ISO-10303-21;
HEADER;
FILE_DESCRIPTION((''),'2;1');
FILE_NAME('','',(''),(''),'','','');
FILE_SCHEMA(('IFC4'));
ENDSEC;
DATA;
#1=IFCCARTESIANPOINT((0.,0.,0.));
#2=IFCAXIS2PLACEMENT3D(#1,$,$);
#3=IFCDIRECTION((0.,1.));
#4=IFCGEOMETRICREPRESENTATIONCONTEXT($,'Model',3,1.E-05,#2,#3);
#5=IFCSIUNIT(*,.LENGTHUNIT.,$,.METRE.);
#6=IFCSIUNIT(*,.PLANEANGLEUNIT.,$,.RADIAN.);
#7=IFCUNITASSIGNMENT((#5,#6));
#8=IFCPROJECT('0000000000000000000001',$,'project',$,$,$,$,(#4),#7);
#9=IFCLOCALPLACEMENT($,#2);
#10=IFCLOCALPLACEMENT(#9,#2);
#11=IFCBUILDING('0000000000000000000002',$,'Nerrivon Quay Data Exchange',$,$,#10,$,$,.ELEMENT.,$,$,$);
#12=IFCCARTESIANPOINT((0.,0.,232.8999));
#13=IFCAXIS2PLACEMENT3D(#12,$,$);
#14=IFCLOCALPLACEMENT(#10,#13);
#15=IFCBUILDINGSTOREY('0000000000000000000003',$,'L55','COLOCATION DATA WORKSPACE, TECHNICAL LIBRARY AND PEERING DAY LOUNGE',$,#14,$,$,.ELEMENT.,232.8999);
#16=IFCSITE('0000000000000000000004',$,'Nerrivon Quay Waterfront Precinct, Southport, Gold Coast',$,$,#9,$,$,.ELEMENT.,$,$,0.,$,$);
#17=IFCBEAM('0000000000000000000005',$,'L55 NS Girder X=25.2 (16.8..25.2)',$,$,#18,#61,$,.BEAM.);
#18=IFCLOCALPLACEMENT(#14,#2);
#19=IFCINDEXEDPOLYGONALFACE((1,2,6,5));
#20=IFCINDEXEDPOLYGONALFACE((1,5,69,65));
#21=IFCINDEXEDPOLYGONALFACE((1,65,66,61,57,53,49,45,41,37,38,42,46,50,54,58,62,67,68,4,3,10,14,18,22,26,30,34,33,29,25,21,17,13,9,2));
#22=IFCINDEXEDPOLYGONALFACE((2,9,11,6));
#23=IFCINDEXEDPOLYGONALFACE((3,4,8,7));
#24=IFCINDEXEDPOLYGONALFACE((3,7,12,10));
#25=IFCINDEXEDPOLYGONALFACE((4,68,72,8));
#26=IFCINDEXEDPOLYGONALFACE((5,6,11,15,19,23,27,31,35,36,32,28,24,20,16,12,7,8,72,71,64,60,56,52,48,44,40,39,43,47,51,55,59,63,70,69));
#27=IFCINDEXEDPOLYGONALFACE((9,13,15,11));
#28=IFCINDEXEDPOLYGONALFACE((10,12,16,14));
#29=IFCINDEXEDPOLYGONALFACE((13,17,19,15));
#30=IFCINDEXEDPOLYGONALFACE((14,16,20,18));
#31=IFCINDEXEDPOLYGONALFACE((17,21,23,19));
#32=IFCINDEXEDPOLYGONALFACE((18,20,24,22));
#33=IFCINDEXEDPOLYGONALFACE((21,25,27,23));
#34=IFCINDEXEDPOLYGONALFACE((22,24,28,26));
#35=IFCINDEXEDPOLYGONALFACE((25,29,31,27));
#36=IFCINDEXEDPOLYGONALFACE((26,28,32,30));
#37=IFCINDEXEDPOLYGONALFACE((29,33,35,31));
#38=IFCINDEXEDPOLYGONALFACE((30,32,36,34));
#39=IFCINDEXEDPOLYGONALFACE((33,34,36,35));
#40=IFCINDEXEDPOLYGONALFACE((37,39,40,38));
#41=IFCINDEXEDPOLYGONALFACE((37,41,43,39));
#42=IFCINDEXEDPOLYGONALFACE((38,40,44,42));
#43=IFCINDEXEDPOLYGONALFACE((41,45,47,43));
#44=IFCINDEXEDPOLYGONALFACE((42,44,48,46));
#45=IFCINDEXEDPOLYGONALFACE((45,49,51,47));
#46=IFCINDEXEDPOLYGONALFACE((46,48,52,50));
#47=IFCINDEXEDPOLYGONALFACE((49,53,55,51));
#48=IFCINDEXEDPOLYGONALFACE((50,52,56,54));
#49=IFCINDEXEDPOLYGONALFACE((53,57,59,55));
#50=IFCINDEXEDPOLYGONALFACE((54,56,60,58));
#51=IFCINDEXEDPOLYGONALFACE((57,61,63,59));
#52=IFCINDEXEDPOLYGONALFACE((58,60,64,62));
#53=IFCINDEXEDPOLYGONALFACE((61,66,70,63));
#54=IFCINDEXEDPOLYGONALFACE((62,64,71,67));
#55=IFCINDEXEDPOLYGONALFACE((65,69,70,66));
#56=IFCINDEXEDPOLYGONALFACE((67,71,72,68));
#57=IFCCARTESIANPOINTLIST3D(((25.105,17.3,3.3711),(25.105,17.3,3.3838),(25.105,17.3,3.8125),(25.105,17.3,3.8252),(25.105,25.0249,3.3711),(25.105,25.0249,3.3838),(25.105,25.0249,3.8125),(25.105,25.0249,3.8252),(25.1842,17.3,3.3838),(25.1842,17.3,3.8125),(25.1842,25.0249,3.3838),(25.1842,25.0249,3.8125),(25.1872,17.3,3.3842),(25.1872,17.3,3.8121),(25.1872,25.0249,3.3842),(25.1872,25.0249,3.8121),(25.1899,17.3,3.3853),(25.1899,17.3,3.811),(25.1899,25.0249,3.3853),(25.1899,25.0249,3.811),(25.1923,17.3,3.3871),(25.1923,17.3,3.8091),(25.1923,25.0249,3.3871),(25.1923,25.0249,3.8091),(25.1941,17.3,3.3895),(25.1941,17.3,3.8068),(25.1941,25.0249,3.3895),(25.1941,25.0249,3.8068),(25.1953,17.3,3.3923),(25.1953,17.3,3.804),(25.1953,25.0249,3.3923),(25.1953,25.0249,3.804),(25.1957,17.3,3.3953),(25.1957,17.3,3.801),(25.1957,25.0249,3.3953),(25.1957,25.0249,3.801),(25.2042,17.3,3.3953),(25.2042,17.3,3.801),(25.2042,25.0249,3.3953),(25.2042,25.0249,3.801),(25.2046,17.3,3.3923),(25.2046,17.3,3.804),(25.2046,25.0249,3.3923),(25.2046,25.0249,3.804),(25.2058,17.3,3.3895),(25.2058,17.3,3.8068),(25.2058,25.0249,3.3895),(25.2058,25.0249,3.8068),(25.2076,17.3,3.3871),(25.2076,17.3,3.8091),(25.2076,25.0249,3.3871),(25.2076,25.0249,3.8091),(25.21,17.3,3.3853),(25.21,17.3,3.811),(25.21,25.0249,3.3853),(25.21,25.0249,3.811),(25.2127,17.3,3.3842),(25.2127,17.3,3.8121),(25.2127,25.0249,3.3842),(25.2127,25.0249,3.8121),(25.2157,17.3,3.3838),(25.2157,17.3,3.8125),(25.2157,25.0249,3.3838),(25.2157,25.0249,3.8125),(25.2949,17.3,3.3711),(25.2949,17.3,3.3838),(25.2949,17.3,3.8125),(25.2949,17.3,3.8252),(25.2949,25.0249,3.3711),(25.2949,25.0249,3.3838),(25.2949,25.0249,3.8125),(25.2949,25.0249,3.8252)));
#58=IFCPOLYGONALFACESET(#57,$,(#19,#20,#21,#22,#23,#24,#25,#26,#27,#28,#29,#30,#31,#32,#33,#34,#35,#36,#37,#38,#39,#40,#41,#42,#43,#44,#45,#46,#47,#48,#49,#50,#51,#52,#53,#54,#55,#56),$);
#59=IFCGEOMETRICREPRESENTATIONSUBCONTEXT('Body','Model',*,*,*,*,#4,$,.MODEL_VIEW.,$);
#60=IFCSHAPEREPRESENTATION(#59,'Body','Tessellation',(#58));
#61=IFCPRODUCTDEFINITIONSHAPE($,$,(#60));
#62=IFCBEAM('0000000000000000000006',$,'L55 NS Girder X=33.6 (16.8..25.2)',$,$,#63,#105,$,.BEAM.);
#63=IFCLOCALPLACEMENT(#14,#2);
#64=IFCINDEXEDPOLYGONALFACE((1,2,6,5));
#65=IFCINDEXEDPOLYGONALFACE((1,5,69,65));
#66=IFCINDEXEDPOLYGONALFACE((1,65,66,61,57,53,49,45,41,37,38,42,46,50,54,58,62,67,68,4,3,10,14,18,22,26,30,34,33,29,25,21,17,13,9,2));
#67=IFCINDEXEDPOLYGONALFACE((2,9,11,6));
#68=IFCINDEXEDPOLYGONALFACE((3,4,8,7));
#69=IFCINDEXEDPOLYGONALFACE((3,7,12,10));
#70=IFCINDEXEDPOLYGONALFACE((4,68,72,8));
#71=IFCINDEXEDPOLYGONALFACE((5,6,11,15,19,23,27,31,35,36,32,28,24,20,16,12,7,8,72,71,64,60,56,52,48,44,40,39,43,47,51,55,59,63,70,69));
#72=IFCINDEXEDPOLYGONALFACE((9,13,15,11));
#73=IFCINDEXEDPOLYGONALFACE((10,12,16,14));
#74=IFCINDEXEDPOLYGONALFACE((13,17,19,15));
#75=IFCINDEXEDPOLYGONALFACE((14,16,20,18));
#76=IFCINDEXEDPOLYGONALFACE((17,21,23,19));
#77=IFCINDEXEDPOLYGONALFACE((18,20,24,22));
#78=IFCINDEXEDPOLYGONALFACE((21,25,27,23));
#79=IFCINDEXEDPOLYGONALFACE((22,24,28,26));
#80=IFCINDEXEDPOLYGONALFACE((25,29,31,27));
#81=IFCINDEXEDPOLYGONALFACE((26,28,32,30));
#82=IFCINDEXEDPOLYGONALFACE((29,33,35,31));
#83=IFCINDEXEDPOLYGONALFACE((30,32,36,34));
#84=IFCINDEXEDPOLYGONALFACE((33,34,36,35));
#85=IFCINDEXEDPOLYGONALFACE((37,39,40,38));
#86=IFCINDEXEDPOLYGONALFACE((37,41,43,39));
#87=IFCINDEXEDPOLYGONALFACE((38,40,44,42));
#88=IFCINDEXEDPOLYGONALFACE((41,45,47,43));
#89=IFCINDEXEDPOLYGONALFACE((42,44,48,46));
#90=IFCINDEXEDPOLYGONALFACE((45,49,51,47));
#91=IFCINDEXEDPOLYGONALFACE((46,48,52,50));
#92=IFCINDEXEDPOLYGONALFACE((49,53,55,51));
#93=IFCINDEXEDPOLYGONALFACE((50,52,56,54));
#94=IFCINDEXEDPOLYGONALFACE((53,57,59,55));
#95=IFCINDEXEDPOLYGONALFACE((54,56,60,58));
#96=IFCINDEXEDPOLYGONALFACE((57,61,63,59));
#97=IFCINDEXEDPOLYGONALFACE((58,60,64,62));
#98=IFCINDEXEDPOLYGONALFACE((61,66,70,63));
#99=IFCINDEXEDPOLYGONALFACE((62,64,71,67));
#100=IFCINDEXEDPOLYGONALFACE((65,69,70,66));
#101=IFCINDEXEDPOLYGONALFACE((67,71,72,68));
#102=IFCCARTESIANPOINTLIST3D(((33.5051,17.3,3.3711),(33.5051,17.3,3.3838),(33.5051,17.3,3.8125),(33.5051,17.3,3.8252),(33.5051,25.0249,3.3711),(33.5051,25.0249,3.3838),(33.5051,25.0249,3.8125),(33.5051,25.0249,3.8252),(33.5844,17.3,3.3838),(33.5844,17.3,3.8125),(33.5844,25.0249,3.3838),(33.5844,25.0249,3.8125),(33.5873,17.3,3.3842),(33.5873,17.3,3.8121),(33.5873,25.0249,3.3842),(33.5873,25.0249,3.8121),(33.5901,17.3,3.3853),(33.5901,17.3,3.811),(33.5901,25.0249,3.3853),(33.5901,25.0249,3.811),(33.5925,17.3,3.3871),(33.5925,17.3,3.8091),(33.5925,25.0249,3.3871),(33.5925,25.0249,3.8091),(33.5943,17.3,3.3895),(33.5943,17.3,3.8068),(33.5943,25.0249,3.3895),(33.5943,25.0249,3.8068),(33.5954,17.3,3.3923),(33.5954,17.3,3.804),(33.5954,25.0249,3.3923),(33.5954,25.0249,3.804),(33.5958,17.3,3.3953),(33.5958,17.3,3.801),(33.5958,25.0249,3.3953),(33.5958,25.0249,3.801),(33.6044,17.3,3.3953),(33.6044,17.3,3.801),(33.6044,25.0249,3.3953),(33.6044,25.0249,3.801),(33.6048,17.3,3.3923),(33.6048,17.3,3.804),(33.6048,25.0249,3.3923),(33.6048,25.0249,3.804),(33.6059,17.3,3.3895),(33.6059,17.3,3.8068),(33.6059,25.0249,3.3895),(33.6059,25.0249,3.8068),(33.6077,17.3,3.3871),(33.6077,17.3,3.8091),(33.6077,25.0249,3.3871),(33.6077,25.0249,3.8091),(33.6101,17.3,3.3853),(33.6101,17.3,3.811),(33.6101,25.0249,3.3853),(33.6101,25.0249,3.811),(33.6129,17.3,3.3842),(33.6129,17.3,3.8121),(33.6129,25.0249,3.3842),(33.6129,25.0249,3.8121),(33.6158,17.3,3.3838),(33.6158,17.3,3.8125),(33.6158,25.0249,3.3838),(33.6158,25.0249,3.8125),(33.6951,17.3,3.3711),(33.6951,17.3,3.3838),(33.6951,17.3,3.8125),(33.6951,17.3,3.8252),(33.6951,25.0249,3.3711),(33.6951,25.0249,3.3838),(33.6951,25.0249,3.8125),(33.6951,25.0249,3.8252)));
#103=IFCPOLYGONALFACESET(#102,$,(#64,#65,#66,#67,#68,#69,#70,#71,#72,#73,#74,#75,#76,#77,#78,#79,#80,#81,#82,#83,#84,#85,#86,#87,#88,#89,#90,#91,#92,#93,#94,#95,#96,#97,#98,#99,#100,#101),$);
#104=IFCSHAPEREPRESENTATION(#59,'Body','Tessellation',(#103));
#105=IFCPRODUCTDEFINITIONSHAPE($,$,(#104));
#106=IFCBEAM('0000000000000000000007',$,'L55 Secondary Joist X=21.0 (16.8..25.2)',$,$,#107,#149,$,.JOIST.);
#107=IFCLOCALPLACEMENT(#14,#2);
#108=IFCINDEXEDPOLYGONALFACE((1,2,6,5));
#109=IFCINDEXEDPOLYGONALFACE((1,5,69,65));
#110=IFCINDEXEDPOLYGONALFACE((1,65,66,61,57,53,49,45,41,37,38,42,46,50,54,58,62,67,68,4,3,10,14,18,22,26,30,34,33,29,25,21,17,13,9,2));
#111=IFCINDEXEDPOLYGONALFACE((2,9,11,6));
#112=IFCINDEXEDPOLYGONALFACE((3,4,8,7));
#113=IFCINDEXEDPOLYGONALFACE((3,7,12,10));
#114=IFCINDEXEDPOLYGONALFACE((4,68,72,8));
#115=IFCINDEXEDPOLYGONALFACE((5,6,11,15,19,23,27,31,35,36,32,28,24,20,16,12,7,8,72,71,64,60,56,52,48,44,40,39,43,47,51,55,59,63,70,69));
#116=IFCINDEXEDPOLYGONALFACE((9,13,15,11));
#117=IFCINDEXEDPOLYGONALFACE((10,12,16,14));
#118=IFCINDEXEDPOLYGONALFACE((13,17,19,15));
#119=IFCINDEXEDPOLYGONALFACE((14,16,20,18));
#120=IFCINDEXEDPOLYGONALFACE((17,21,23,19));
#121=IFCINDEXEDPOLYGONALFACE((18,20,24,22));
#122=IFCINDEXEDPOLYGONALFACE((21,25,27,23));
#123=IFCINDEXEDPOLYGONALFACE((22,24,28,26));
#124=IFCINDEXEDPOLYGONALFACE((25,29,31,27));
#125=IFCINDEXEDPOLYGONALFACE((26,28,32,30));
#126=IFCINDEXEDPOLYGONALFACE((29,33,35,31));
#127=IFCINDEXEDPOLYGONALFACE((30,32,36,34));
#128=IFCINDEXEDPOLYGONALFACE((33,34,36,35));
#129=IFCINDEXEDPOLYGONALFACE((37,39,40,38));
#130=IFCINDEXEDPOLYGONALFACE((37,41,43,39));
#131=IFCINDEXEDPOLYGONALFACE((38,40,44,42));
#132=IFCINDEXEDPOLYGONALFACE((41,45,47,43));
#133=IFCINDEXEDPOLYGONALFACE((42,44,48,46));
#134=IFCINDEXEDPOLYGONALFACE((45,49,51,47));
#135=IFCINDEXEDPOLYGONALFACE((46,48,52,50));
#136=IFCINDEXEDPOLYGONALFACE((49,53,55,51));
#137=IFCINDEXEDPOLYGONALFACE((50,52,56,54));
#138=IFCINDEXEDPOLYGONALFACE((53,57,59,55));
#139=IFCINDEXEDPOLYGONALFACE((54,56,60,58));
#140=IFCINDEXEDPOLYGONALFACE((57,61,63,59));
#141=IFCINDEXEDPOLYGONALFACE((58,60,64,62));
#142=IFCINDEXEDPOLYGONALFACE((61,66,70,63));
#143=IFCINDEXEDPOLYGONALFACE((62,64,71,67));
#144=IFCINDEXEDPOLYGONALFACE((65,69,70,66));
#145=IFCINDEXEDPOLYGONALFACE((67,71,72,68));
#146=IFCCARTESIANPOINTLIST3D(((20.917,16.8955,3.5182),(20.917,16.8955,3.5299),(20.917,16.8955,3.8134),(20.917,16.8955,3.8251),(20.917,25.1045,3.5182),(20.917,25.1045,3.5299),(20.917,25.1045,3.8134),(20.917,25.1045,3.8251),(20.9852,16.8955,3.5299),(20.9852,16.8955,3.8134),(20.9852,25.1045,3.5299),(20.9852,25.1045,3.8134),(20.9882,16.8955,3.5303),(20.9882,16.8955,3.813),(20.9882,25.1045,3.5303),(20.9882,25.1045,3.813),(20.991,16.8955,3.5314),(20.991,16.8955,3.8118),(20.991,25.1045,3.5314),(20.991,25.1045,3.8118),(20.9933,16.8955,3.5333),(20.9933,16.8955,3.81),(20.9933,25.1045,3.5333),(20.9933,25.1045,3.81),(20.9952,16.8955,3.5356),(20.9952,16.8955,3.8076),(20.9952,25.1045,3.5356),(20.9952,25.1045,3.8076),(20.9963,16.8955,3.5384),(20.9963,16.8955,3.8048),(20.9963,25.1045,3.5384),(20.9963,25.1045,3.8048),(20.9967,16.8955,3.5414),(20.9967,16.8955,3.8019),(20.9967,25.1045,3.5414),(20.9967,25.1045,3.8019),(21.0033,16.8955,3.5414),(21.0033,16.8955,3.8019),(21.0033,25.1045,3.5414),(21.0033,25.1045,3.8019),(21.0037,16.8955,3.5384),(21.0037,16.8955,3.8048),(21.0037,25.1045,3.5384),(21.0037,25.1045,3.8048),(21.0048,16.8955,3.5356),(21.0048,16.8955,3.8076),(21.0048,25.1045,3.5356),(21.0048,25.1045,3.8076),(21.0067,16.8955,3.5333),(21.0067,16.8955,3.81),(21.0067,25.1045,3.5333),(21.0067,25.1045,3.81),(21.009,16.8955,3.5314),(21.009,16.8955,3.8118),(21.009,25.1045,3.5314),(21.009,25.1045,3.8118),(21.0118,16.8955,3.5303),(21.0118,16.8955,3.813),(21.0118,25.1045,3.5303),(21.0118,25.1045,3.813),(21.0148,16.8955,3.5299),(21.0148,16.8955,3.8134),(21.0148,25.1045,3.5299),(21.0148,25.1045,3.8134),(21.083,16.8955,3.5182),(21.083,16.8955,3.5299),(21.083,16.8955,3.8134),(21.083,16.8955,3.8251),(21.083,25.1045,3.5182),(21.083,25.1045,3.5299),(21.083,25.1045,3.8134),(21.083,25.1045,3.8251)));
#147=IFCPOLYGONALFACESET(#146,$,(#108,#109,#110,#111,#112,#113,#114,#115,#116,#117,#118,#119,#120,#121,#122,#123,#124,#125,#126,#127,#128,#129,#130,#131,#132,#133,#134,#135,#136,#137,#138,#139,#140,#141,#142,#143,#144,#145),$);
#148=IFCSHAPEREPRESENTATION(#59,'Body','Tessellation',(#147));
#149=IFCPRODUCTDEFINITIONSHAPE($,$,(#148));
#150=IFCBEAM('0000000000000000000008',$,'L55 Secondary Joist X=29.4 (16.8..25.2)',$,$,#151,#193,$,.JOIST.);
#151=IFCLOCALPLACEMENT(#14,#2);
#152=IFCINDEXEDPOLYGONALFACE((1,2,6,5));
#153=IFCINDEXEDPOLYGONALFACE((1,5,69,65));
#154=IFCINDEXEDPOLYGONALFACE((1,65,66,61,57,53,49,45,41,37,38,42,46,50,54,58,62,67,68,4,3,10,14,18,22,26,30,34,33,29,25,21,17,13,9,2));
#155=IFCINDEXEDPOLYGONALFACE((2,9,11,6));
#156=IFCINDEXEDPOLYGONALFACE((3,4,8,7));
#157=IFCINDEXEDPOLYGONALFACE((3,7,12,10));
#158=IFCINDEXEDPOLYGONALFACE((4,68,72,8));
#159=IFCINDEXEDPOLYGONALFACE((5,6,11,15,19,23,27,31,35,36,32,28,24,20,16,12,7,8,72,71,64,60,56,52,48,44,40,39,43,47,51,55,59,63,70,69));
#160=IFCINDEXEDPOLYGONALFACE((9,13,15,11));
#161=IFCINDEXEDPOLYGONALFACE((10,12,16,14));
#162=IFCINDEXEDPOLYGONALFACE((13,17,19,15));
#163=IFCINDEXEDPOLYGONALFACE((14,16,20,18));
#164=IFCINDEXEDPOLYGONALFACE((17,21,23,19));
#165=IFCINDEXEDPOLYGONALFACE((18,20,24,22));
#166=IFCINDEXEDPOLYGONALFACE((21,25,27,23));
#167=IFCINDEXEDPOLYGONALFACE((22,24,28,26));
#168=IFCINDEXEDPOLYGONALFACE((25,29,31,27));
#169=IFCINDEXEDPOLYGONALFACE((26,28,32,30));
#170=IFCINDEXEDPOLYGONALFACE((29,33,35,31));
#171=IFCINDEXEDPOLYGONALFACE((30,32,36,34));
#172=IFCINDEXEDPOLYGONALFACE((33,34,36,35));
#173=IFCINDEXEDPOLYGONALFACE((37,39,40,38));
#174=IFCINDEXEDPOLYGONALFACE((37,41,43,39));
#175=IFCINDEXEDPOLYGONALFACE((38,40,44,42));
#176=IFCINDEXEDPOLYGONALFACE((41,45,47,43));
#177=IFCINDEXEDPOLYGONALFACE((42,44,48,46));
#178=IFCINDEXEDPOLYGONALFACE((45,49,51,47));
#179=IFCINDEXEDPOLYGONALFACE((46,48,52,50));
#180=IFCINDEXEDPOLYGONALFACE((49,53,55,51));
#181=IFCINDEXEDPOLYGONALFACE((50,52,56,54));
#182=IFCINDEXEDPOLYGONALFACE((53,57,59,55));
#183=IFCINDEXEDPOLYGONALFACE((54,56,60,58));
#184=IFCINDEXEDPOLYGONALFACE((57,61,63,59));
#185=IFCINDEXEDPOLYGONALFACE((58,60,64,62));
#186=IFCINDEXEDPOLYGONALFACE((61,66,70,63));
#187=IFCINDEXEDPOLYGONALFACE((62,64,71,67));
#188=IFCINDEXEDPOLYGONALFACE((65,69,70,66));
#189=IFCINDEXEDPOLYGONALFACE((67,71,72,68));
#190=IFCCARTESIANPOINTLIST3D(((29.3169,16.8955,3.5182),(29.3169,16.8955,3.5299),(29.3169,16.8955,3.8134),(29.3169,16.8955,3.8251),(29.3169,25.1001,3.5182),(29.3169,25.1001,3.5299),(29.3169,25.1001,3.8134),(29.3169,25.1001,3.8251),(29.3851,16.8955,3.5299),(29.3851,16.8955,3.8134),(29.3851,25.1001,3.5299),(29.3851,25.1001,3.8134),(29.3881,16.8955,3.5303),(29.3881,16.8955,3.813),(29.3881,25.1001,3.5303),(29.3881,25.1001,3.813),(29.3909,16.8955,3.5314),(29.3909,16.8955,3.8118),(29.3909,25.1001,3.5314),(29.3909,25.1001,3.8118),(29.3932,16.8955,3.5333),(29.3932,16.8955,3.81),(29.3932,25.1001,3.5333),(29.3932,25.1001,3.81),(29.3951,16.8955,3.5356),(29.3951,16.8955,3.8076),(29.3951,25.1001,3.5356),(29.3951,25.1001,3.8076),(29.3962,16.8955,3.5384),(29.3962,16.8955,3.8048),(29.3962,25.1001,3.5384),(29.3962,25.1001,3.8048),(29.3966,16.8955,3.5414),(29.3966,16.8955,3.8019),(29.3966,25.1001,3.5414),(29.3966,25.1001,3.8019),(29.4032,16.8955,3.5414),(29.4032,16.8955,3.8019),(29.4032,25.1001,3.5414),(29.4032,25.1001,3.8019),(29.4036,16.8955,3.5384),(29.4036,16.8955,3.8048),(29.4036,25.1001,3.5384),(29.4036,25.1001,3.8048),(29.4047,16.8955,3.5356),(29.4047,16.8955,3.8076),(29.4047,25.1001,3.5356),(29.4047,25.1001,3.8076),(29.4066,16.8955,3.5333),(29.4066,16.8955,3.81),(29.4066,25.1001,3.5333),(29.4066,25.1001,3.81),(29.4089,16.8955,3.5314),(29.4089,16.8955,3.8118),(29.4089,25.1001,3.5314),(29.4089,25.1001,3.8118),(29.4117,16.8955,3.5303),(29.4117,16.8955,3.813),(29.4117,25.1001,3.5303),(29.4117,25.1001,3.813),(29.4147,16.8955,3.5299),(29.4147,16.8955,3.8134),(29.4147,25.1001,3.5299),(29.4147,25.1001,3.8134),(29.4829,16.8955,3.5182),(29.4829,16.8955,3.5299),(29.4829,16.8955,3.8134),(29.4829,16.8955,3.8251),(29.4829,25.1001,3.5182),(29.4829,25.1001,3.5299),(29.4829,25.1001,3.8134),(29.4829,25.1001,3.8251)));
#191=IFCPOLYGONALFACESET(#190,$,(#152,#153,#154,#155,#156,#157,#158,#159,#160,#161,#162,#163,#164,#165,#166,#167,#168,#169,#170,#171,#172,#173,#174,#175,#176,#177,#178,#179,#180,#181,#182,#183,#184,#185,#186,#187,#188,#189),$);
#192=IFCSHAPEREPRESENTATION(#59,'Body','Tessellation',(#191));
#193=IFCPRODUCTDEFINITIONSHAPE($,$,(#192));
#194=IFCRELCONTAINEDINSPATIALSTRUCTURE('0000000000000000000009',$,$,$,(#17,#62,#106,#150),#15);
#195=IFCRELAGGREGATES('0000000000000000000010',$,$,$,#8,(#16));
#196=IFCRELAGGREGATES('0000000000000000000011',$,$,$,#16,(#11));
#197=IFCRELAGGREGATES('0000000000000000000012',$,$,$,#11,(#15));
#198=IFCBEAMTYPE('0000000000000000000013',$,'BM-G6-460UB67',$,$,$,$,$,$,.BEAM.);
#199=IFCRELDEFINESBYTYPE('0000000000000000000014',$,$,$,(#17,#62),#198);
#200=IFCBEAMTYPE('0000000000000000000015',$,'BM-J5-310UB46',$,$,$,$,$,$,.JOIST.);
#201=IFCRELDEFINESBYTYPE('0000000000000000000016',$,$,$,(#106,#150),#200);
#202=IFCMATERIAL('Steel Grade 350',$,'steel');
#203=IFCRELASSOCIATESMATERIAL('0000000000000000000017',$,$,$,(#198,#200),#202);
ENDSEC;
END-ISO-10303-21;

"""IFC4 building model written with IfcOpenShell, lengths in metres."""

from ifc_helpers import new_model, si_unit, direction, frame, origin, origin_2d, place, context, subcontext, project, spatial, i_section, extrude, material, material_profile, profile_set, type_object, element, save


model = new_model("IFC4")

# Units and contexts
model_context = context("Model", 3, precision=1e-05, world=origin(), true_north=direction((0.0, 1.0)))
body_context = subcontext(model_context, "Body", "Model", "MODEL_VIEW")
ifc_project = project(units=[si_unit("LENGTHUNIT", "METRE"), si_unit("PLANEANGLEUNIT", "RADIAN")], contexts=[model_context])

# Site, building, storey
site_placement = place(None, origin())
site = spatial("IfcSite", under=ifc_project, at=site_placement, Name="Nerrivon Quay Waterfront Precinct, Southport, Gold Coast", CompositionType="ELEMENT", RefElevation=0.0)
building_placement = place(site_placement, origin())
building = spatial("IfcBuilding", under=site, at=building_placement, Name="Nerrivon Quay Data Exchange", CompositionType="ELEMENT")
storey_placement = place(building_placement, frame((0.0, 0.0, 232.8999)))
storey = spatial("IfcBuildingStorey", under=building, at=storey_placement, Name="L55", Description="COLOCATION DATA WORKSPACE, TECHNICAL LIBRARY AND PEERING DAY LOUNGE", CompositionType="ELEMENT", Elevation=232.8999)

# Beams
ifc_material_1 = material(Name="Steel Grade 350", Category="steel")
ifc_material_profile_1 = material_profile(ifc_material_1, i_section(OverallWidth=0.1899, OverallDepth=0.4541, WebThickness=0.0085, FlangeThickness=0.0127, FilletRadius=0.0115, at=origin_2d()), Name="460UB67.1")
ifc_profile_set_1 = profile_set([ifc_material_profile_1], Name="Steel Grade 350")
beam_type_1 = type_object("IfcBeamType", Name="BM-G6-460UB67", PredefinedType="BEAM", material=ifc_profile_set_1)
for number, where, z_axis, x_axis, name in (
    (1, (25.2, 17.3, 3.5981), (0.0, 1.0, 0.0), (-1.0, 0.0, 0.0), "L55 NS Girder X=25.2 (16.8..25.2)"),
    (2, (33.6001, 17.3, 3.5981), (0.0, 1.0, 0.0), (-1.0, 0.0, 0.0), "L55 NS Girder X=33.6 (16.8..25.2)"),
):
    element("IfcBeam", number, at=place(storey_placement, frame(where, z_axis=z_axis, x_axis=x_axis)), inside=storey, type_object=beam_type_1, Name=name, PredefinedType="BEAM", context=body_context, shape_type="SweptSolid", body=[
        extrude(i_section(OverallWidth=0.1899, OverallDepth=0.4541, WebThickness=0.0085, FlangeThickness=0.0127, FilletRadius=0.0115, at=origin_2d()), origin(), (0.0, 0.0, 1.0), 7.7249),
    ])
ifc_material_profile_2 = material_profile(ifc_material_1, i_section(OverallWidth=0.166, OverallDepth=0.3069, WebThickness=0.0066, FlangeThickness=0.0117, FilletRadius=0.0115, at=origin_2d()), Name="310UB46.2")
ifc_profile_set_2 = profile_set([ifc_material_profile_2], Name="Steel Grade 350")
beam_type_2 = type_object("IfcBeamType", Name="BM-J5-310UB46", PredefinedType="JOIST", material=ifc_profile_set_2)
beam_1_placement = place(storey_placement, frame((21.0, 16.8955, 3.6716), z_axis=(0.0, 1.0, 0.0), x_axis=(-1.0, 0.0, 0.0)))
element("IfcBeam", 3, at=beam_1_placement, inside=storey, type_object=beam_type_2, Name="L55 Secondary Joist X=21.0 (16.8..25.2)", PredefinedType="JOIST", context=body_context, shape_type="SweptSolid", body=[
    extrude(i_section(OverallWidth=0.166, OverallDepth=0.3069, WebThickness=0.0066, FlangeThickness=0.0117, FilletRadius=0.0115, at=origin_2d()), origin(), (0.0, 0.0, 1.0), 8.209),
])
beam_2_placement = place(storey_placement, frame((29.3999, 16.8955, 3.6716), z_axis=(0.0, 1.0, 0.0), x_axis=(-1.0, 0.0, 0.0)))
element("IfcBeam", 4, at=beam_2_placement, inside=storey, type_object=beam_type_2, Name="L55 Secondary Joist X=29.4 (16.8..25.2)", PredefinedType="JOIST", context=body_context, shape_type="SweptSolid", body=[
    extrude(i_section(OverallWidth=0.166, OverallDepth=0.3069, WebThickness=0.0066, FlangeThickness=0.0117, FilletRadius=0.0115, at=origin_2d()), origin(), (0.0, 0.0, 1.0), 8.2046),
])

save(model, "model.ifc")
